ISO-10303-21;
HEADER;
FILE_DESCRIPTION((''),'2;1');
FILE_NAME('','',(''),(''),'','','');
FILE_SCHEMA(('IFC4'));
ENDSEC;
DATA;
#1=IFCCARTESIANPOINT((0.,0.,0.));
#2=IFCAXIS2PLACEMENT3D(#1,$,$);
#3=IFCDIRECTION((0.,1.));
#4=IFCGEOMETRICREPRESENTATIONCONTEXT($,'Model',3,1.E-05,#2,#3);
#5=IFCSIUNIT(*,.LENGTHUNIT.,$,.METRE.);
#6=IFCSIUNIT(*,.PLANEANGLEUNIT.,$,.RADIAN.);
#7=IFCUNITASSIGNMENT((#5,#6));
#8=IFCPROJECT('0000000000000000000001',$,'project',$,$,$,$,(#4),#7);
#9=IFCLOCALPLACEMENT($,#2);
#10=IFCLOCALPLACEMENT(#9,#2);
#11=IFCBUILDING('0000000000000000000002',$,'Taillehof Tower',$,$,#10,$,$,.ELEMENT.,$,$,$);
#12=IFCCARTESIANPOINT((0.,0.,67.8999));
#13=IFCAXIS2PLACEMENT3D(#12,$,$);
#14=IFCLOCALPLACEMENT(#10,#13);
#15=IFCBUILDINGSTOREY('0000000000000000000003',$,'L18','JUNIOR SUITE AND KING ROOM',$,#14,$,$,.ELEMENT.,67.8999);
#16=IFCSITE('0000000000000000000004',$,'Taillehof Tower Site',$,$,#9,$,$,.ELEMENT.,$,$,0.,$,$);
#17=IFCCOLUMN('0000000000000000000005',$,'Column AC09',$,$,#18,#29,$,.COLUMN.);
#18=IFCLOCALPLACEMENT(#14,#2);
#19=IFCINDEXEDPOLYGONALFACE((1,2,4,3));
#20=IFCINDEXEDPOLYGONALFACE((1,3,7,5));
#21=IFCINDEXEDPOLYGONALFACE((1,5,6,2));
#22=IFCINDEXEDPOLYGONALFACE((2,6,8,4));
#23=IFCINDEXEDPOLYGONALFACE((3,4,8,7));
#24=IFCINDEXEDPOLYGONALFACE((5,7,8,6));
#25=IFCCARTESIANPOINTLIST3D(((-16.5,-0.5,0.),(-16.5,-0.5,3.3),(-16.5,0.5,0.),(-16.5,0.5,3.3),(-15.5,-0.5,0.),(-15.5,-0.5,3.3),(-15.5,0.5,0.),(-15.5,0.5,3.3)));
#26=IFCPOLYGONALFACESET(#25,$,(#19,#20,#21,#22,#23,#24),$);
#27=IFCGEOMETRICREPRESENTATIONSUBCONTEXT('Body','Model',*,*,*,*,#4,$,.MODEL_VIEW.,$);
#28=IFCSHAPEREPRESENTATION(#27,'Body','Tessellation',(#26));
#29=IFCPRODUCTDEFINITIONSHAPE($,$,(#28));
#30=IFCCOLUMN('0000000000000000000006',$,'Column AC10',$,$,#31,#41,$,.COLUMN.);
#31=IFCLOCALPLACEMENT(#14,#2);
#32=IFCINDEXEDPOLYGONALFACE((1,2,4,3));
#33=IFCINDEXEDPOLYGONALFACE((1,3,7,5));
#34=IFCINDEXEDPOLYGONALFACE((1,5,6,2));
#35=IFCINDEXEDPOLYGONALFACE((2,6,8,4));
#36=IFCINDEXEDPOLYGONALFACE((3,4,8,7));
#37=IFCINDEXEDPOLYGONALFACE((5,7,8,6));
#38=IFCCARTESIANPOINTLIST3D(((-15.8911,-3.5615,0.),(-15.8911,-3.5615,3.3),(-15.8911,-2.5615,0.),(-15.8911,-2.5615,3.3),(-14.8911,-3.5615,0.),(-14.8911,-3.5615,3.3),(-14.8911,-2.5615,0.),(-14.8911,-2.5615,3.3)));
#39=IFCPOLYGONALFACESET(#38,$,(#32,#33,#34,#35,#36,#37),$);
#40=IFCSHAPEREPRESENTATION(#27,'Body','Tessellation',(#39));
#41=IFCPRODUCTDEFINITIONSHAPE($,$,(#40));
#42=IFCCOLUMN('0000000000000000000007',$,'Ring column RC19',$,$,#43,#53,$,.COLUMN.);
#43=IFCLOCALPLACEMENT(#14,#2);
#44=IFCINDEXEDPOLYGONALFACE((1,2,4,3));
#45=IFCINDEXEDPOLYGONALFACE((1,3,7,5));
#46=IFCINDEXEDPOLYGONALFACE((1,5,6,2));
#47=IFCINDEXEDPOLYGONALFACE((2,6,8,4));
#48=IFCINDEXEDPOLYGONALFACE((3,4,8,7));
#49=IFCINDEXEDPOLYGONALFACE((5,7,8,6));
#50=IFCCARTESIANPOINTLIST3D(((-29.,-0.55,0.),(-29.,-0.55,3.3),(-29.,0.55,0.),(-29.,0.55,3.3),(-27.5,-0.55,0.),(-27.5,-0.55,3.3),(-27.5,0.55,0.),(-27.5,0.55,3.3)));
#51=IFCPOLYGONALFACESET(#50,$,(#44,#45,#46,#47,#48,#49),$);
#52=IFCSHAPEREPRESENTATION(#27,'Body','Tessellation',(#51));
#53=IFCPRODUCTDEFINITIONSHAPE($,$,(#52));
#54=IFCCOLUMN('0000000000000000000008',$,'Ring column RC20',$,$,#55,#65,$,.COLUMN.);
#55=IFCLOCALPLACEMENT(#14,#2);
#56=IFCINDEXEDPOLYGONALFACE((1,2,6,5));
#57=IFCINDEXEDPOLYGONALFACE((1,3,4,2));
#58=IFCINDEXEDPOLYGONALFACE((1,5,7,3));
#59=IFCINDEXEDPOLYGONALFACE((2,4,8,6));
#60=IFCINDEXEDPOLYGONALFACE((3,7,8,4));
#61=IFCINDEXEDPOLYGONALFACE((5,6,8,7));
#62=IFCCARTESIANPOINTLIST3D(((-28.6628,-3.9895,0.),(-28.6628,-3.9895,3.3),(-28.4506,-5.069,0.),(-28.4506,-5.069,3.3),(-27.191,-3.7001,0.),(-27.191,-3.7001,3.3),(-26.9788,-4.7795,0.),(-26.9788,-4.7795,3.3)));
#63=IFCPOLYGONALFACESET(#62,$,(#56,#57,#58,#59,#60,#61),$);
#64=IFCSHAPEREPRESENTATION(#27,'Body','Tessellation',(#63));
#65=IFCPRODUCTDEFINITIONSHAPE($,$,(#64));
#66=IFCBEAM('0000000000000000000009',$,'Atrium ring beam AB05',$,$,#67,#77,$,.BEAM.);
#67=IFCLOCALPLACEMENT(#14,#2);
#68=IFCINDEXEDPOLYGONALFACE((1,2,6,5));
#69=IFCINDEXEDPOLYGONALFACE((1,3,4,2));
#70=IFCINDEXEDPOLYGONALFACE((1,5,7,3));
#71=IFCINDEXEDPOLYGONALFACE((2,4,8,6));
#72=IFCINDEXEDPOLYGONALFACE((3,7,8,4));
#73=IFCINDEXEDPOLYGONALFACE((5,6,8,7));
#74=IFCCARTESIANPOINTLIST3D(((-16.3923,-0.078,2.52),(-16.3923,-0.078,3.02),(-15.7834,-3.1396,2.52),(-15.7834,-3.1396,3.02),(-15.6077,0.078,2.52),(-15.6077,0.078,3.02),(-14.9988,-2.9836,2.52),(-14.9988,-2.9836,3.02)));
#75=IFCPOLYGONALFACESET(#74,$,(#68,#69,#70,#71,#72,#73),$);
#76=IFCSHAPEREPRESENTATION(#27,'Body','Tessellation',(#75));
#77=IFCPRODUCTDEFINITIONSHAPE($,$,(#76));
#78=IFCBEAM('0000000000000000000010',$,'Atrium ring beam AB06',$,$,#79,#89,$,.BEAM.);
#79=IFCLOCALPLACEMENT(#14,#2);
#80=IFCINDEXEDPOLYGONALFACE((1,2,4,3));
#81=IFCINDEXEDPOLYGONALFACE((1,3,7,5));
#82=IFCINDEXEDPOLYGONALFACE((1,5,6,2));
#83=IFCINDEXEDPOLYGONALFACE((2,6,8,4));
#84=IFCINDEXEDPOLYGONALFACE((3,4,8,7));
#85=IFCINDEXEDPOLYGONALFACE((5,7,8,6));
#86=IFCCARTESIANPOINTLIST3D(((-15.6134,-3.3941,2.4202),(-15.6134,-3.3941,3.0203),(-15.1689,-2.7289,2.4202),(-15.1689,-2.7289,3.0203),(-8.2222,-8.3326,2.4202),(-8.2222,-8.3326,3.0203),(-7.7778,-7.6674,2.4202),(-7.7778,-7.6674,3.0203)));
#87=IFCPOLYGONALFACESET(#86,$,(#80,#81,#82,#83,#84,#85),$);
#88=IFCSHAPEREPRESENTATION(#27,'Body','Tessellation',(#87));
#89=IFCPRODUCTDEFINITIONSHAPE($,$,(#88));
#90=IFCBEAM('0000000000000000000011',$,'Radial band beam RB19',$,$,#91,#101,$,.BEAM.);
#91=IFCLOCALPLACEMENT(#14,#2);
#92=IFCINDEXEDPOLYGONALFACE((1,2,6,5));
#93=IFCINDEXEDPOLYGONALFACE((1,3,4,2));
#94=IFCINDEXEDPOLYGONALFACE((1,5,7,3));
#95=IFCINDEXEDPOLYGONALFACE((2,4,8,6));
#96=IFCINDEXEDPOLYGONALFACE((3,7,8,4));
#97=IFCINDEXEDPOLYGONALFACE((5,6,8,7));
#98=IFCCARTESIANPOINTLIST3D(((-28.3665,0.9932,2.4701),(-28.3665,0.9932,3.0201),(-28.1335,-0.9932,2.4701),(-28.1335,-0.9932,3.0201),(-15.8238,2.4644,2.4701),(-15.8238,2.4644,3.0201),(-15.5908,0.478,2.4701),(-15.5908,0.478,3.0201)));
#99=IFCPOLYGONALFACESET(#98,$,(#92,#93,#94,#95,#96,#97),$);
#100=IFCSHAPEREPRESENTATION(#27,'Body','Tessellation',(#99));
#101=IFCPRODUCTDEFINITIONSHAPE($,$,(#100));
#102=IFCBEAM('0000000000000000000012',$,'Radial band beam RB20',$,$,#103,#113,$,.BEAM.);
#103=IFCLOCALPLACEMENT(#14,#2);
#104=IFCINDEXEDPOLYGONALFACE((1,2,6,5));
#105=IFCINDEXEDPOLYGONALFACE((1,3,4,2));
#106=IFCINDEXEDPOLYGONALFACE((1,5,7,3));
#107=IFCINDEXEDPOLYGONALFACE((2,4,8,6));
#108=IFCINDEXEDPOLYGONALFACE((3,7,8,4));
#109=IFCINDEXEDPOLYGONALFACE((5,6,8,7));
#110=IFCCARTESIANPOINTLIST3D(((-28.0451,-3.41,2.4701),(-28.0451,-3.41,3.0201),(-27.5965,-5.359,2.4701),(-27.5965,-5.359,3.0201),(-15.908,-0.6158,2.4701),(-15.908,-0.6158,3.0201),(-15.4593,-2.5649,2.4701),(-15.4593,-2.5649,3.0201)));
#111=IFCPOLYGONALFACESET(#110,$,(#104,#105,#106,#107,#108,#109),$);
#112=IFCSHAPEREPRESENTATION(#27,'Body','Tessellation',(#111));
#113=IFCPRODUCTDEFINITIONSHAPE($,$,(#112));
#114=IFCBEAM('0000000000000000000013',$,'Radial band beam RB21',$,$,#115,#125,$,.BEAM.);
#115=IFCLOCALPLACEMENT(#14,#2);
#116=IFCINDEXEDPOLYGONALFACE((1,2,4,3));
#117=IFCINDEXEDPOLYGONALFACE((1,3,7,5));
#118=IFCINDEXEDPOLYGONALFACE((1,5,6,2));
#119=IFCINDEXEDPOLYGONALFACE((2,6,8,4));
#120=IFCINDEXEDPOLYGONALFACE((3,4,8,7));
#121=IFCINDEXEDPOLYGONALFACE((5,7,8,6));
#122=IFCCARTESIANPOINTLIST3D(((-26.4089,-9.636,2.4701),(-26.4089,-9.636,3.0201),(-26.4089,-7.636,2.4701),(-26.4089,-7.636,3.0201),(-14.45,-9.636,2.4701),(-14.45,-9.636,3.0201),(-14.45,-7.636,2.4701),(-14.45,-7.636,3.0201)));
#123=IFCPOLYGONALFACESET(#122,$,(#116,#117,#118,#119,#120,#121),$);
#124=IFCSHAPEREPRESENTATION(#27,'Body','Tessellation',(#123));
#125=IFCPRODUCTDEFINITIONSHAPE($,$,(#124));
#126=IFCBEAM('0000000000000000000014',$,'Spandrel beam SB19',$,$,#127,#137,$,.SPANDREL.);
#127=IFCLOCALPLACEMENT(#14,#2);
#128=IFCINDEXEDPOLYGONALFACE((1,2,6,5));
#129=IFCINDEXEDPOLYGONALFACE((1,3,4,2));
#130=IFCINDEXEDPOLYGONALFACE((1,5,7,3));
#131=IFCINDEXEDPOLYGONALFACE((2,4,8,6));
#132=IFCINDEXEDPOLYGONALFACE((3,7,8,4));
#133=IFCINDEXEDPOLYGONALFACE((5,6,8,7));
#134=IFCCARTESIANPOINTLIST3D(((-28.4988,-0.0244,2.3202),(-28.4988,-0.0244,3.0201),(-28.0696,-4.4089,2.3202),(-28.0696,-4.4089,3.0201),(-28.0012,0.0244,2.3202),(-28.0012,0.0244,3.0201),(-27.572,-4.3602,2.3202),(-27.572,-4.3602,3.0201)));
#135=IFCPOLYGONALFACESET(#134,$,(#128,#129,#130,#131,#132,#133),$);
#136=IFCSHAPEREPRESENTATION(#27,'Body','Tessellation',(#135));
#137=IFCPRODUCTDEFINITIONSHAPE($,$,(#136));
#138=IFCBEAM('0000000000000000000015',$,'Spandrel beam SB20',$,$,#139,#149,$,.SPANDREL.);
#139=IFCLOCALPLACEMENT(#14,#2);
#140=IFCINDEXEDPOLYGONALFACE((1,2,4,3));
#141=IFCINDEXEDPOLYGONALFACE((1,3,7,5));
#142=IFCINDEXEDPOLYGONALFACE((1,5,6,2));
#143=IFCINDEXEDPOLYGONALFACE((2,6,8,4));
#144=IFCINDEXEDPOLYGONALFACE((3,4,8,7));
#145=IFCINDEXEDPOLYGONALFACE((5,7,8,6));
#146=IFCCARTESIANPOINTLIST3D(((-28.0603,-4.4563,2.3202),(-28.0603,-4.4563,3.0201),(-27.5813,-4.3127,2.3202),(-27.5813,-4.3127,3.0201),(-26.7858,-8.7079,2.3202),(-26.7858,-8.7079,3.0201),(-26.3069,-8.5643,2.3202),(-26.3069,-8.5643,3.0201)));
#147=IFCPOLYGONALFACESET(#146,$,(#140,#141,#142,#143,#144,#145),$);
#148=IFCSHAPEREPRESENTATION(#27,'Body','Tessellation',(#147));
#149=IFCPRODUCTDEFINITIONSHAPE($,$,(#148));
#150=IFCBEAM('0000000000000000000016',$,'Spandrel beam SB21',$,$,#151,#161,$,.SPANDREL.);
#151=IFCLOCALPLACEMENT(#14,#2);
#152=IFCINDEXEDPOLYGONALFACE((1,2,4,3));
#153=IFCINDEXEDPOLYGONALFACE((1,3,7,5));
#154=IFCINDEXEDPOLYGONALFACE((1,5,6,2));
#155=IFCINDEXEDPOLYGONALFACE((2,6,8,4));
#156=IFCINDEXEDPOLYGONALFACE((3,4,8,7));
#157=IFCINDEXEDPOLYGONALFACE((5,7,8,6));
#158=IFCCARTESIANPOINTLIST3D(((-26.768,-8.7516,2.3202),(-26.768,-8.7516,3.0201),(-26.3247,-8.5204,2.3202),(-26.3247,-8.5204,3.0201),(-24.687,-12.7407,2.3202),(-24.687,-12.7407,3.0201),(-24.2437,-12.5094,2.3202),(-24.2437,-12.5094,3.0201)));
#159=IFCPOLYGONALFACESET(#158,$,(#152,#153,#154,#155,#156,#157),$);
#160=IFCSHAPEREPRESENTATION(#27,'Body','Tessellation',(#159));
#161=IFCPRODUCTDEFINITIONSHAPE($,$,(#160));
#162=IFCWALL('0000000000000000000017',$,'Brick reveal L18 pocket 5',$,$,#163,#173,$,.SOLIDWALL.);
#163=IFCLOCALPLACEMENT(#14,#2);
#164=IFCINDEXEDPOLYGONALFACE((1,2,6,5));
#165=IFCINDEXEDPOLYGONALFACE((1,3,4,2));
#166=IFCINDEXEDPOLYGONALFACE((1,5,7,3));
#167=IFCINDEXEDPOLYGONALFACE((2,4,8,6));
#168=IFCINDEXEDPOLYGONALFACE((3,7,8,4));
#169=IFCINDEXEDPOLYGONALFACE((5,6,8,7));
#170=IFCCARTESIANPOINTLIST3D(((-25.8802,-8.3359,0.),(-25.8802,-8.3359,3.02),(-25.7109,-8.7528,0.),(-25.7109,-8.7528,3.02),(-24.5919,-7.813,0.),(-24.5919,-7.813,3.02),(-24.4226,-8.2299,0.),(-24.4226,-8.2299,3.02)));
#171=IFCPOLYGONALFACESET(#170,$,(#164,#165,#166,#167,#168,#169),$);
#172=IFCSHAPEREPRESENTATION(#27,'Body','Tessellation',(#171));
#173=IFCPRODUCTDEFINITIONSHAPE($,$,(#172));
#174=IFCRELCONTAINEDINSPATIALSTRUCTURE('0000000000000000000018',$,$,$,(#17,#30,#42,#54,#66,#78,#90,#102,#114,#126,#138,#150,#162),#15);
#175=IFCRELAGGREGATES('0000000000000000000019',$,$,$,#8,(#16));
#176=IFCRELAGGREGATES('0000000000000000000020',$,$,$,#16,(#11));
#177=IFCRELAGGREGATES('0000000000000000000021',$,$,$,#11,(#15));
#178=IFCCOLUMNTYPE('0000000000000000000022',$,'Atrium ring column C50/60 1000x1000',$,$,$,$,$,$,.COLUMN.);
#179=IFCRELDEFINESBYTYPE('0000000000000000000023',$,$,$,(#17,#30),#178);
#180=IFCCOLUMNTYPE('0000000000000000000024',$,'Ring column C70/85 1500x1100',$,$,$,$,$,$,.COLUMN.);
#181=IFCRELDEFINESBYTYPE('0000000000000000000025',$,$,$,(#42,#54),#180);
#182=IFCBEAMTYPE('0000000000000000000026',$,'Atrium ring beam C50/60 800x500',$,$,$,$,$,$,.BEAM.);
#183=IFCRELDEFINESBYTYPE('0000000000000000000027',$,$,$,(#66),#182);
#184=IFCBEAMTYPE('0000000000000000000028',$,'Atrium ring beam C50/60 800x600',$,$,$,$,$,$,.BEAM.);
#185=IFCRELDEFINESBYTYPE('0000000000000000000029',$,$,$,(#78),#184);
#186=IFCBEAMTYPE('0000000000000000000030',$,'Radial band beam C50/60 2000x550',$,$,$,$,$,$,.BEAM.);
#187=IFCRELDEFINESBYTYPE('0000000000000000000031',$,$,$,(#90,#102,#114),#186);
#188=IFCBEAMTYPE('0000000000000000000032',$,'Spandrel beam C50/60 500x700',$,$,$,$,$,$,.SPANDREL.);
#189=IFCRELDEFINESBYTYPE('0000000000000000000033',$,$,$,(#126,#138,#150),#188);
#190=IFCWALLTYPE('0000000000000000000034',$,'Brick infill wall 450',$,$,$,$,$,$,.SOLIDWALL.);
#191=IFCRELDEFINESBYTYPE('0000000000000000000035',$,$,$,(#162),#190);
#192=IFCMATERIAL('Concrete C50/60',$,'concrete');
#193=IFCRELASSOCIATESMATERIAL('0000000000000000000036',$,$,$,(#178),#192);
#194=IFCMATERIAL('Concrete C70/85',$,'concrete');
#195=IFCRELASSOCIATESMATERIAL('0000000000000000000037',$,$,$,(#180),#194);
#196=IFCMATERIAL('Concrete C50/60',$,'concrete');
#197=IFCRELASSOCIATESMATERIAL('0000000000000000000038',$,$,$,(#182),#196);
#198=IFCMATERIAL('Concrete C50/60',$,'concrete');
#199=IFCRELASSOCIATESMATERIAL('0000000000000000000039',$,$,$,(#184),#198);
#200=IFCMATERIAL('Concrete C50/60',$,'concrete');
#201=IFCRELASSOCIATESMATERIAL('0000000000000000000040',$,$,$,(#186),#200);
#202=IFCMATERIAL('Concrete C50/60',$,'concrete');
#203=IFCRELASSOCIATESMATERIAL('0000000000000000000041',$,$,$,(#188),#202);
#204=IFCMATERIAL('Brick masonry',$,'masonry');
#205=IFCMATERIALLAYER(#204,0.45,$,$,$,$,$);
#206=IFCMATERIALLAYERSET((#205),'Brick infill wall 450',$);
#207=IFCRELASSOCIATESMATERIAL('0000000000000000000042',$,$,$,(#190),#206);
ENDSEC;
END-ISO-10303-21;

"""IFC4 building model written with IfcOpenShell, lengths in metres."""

from ifc_helpers import new_model, si_unit, direction, frame, frame_2d, origin, origin_2d, place, context, subcontext, project, spatial, rectangle, extrude, material, layer, layer_set, material_profile, profile_set, type_object, element, save


model = new_model("IFC4")

# Units and contexts
model_context = context("Model", 3, precision=1e-05, world=origin(), true_north=direction((0.0, 1.0)))
body_context = subcontext(model_context, "Body", "Model", "MODEL_VIEW")
ifc_project = project(units=[si_unit("LENGTHUNIT", "METRE"), si_unit("PLANEANGLEUNIT", "RADIAN")], contexts=[model_context])

# Site, building, storey
site_placement = place(None, origin())
site = spatial("IfcSite", under=ifc_project, at=site_placement, Name="Taillehof Tower Site", CompositionType="ELEMENT", RefElevation=0.0)
building_placement = place(site_placement, origin())
building = spatial("IfcBuilding", under=site, at=building_placement, Name="Taillehof Tower", CompositionType="ELEMENT")
storey_placement = place(building_placement, frame((0.0, 0.0, 67.8999)))
storey = spatial("IfcBuildingStorey", under=building, at=storey_placement, Name="L18", Description="JUNIOR SUITE AND KING ROOM", CompositionType="ELEMENT", Elevation=67.8999)

# Columns
ifc_material_1 = material(Name="Concrete C50/60", Category="concrete")
ifc_material_profile_1 = material_profile(ifc_material_1, rectangle(XDim=1.0, YDim=1.0, at=origin_2d()), Name="RC 1000x1000")
ifc_profile_set_1 = profile_set([ifc_material_profile_1], Name="Concrete C50/60")
column_type_1 = type_object("IfcColumnType", Name="Atrium ring column C50/60 1000x1000", PredefinedType="COLUMN", material=ifc_profile_set_1)
for number, where, z_axis, x_axis, name in (
    (1, (-16.0, 0.0, 0.0), (0.0, 0.0, 1.0), (1.0, 0.0, 0.0), "Column AC09"),
    (2, (-15.3911, -3.0615, 0.0), (0.0, 0.0, 1.0), (1.0, 0.0, 0.0), "Column AC10"),
):
    element("IfcColumn", number, at=place(storey_placement, frame(where, z_axis=z_axis, x_axis=x_axis)), inside=storey, type_object=column_type_1, Name=name, PredefinedType="COLUMN", context=body_context, shape_type="SweptSolid", body=[
        extrude(rectangle(XDim=1.0, YDim=1.0, at=origin_2d()), origin(), (0.0, 0.0, 1.0), 3.3),
    ])
ifc_material_2 = material(Name="Concrete C70/85", Category="concrete")
ifc_material_profile_2 = material_profile(ifc_material_2, rectangle(XDim=1.5, YDim=1.1001, at=origin_2d()), Name="RC 1500x1100")
ifc_profile_set_2 = profile_set([ifc_material_profile_2], Name="Concrete C70/85")
column_type_2 = type_object("IfcColumnType", Name="Ring column C70/85 1500x1100", PredefinedType="COLUMN", material=ifc_profile_set_2)
for number, where, z_axis, x_axis, name in (
    (3, (-28.25, 0.0, 0.0), (0.0, 0.0, 1.0), (-1.0, 0.0, 0.0), "Ring column RC19"),
    (4, (-27.8208, -4.3845, 0.0), (0.0, 0.0, 1.0), (-0.981204, -0.192976, 0.0), "Ring column RC20"),
):
    element("IfcColumn", number, at=place(storey_placement, frame(where, z_axis=z_axis, x_axis=x_axis)), inside=storey, type_object=column_type_2, Name=name, PredefinedType="COLUMN", context=body_context, shape_type="SweptSolid", body=[
        extrude(rectangle(XDim=1.5, YDim=1.1001, at=origin_2d()), origin(), (0.0, 0.0, 1.0), 3.3),
    ])

# Beams
ifc_material_3 = material(Name="Concrete C50/60", Category="concrete")
ifc_material_profile_3 = material_profile(ifc_material_3, rectangle(XDim=0.8, YDim=0.5, at=origin_2d()), Name="RC 800x500")
ifc_profile_set_3 = profile_set([ifc_material_profile_3], Name="Concrete C50/60")
beam_type_1 = type_object("IfcBeamType", Name="Atrium ring beam C50/60 800x500", PredefinedType="BEAM", material=ifc_profile_set_3)
beam_1_placement = place(storey_placement, frame((-16.0, 0.0, 2.77), z_axis=(0.195063, -0.980791, 0.0), x_axis=(0.980791, 0.195063, 0.0)))
element("IfcBeam", 5, at=beam_1_placement, inside=storey, type_object=beam_type_1, Name="Atrium ring beam AB05", PredefinedType="BEAM", context=body_context, shape_type="SweptSolid", body=[
    extrude(rectangle(XDim=0.8, YDim=0.5, at=origin_2d()), origin(), (0.0, 0.0, 1.0), 3.1216),
])
ifc_material_4 = material(Name="Concrete C50/60", Category="concrete")
ifc_material_profile_4 = material_profile(ifc_material_4, rectangle(XDim=0.8, YDim=0.6001, at=origin_2d()), Name="RC 800x600")
ifc_profile_set_4 = profile_set([ifc_material_profile_4], Name="Concrete C50/60")
beam_type_2 = type_object("IfcBeamType", Name="Atrium ring beam C50/60 800x600", PredefinedType="BEAM", material=ifc_profile_set_4)
beam_2_placement = place(storey_placement, frame((-15.3911, -3.0615, 2.7202), z_axis=(0.831475, -0.555562, 0.0), x_axis=(0.555562, 0.831475, 0.0)))
element("IfcBeam", 6, at=beam_2_placement, inside=storey, type_object=beam_type_2, Name="Atrium ring beam AB06", PredefinedType="BEAM", context=body_context, shape_type="SweptSolid", body=[
    extrude(rectangle(XDim=0.8, YDim=0.6001, at=origin_2d()), origin(), (0.0, 0.0, 1.0), 8.8892),
])
ifc_material_5 = material(Name="Concrete C50/60", Category="concrete")
ifc_material_profile_5 = material_profile(ifc_material_5, rectangle(XDim=2.0, YDim=0.55, at=origin_2d()), Name="RC 2000x550")
ifc_profile_set_5 = profile_set([ifc_material_profile_5], Name="Concrete C50/60")
beam_type_3 = type_object("IfcBeamType", Name="Radial band beam C50/60 2000x550", PredefinedType="BEAM", material=ifc_profile_set_5)
beam_3_placement = place(storey_placement, frame((-28.25, 0.0, 2.7451), z_axis=(0.993191, 0.116496, 0.0), x_axis=(-0.116496, 0.993191, 0.0)))
element("IfcBeam", 7, at=beam_3_placement, inside=storey, type_object=beam_type_3, Name="Radial band beam RB19", PredefinedType="BEAM", context=body_context, shape_type="SweptSolid", body=[
    extrude(rectangle(XDim=2.0, YDim=0.55, at=origin_2d()), origin(), (0.0, 0.0, 1.0), 12.6287),
])
beam_4_placement = place(storey_placement, frame((-27.8208, -4.3845, 2.7451), z_axis=(0.974509, 0.224348, 0.0), x_axis=(-0.224348, 0.974509, 0.0)))
element("IfcBeam", 8, at=beam_4_placement, inside=storey, type_object=beam_type_3, Name="Radial band beam RB20", PredefinedType="BEAM", context=body_context, shape_type="SweptSolid", body=[
    extrude(rectangle(XDim=2.0, YDim=0.55, at=origin_2d()), origin(), (0.0, 0.0, 1.0), 12.4546),
])
beam_5_placement = place(storey_placement, frame((-26.4089, -8.636, 2.7451), z_axis=(1.0, 0.0, 0.0), x_axis=(0.0, 1.0, 0.0)))
element("IfcBeam", 9, at=beam_5_placement, inside=storey, type_object=beam_type_3, Name="Radial band beam RB21", PredefinedType="BEAM", context=body_context, shape_type="SweptSolid", body=[
    extrude(rectangle(XDim=2.0, YDim=0.55, at=origin_2d()), origin(), (0.0, 0.0, 1.0), 11.959),
])
ifc_material_6 = material(Name="Concrete C50/60", Category="concrete")
ifc_material_profile_6 = material_profile(ifc_material_6, rectangle(XDim=0.5, YDim=0.7, at=origin_2d()), Name="RC 500x700")
ifc_profile_set_6 = profile_set([ifc_material_profile_6], Name="Concrete C50/60")
beam_type_4 = type_object("IfcBeamType", Name="Spandrel beam C50/60 500x700", PredefinedType="SPANDREL", material=ifc_profile_set_6)
beam_6_placement = place(storey_placement, frame((-28.25, 0.0, 2.6702), z_axis=(0.097424, -0.995243, 0.0), x_axis=(0.995243, 0.097424, 0.0)))
element("IfcBeam", 10, at=beam_6_placement, inside=storey, type_object=beam_type_4, Name="Spandrel beam SB19", PredefinedType="SPANDREL", context=body_context, shape_type="SweptSolid", body=[
    extrude(rectangle(XDim=0.5, YDim=0.7, at=origin_2d()), origin(), (0.0, 0.0, 1.0), 4.4055),
])
beam_7_placement = place(storey_placement, frame((-27.8208, -4.3845, 2.6702), z_axis=(0.287136, -0.95789, 0.0), x_axis=(0.95789, 0.287136, 0.0)))
element("IfcBeam", 11, at=beam_7_placement, inside=storey, type_object=beam_type_4, Name="Spandrel beam SB20", PredefinedType="SPANDREL", context=body_context, shape_type="SweptSolid", body=[
    extrude(rectangle(XDim=0.5, YDim=0.7, at=origin_2d()), origin(), (0.0, 0.0, 1.0), 4.4385),
])
beam_8_placement = place(storey_placement, frame((-26.5464, -8.636, 2.6702), z_axis=(0.462536, -0.8866, 0.0), x_axis=(0.8866, 0.462536, 0.0)))
element("IfcBeam", 12, at=beam_8_placement, inside=storey, type_object=beam_type_4, Name="Spandrel beam SB21", PredefinedType="SPANDREL", context=body_context, shape_type="SweptSolid", body=[
    extrude(rectangle(XDim=0.5, YDim=0.7, at=origin_2d()), origin(), (0.0, 0.0, 1.0), 4.4993),
])

# Wall
ifc_material_7 = material(Name="Brick masonry", Category="masonry")
ifc_layer_1 = layer(ifc_material_7, 0.45)
ifc_layer_set_1 = layer_set([ifc_layer_1], Name="Brick infill wall 450")
wall_type_1 = type_object("IfcWallType", Name="Brick infill wall 450", PredefinedType="SOLIDWALL", material=ifc_layer_set_1)
wall_1_placement = place(storey_placement, frame((-25.7957, -8.5444, 0.0), z_axis=(0.0, 0.0, 1.0), x_axis=(0.926576, 0.376109, 0.0)))
element("IfcWall", 13, at=wall_1_placement, inside=storey, type_object=wall_type_1, Name="Brick reveal L18 pocket 5", PredefinedType="SOLIDWALL", context=body_context, shape_type="SweptSolid", body=[
    extrude(rectangle(XDim=1.3904, YDim=0.45, at=frame_2d((0.6953, 0.0))), origin(), (0.0, 0.0, 1.0), 3.02),
])

save(model, "model.ifc")
